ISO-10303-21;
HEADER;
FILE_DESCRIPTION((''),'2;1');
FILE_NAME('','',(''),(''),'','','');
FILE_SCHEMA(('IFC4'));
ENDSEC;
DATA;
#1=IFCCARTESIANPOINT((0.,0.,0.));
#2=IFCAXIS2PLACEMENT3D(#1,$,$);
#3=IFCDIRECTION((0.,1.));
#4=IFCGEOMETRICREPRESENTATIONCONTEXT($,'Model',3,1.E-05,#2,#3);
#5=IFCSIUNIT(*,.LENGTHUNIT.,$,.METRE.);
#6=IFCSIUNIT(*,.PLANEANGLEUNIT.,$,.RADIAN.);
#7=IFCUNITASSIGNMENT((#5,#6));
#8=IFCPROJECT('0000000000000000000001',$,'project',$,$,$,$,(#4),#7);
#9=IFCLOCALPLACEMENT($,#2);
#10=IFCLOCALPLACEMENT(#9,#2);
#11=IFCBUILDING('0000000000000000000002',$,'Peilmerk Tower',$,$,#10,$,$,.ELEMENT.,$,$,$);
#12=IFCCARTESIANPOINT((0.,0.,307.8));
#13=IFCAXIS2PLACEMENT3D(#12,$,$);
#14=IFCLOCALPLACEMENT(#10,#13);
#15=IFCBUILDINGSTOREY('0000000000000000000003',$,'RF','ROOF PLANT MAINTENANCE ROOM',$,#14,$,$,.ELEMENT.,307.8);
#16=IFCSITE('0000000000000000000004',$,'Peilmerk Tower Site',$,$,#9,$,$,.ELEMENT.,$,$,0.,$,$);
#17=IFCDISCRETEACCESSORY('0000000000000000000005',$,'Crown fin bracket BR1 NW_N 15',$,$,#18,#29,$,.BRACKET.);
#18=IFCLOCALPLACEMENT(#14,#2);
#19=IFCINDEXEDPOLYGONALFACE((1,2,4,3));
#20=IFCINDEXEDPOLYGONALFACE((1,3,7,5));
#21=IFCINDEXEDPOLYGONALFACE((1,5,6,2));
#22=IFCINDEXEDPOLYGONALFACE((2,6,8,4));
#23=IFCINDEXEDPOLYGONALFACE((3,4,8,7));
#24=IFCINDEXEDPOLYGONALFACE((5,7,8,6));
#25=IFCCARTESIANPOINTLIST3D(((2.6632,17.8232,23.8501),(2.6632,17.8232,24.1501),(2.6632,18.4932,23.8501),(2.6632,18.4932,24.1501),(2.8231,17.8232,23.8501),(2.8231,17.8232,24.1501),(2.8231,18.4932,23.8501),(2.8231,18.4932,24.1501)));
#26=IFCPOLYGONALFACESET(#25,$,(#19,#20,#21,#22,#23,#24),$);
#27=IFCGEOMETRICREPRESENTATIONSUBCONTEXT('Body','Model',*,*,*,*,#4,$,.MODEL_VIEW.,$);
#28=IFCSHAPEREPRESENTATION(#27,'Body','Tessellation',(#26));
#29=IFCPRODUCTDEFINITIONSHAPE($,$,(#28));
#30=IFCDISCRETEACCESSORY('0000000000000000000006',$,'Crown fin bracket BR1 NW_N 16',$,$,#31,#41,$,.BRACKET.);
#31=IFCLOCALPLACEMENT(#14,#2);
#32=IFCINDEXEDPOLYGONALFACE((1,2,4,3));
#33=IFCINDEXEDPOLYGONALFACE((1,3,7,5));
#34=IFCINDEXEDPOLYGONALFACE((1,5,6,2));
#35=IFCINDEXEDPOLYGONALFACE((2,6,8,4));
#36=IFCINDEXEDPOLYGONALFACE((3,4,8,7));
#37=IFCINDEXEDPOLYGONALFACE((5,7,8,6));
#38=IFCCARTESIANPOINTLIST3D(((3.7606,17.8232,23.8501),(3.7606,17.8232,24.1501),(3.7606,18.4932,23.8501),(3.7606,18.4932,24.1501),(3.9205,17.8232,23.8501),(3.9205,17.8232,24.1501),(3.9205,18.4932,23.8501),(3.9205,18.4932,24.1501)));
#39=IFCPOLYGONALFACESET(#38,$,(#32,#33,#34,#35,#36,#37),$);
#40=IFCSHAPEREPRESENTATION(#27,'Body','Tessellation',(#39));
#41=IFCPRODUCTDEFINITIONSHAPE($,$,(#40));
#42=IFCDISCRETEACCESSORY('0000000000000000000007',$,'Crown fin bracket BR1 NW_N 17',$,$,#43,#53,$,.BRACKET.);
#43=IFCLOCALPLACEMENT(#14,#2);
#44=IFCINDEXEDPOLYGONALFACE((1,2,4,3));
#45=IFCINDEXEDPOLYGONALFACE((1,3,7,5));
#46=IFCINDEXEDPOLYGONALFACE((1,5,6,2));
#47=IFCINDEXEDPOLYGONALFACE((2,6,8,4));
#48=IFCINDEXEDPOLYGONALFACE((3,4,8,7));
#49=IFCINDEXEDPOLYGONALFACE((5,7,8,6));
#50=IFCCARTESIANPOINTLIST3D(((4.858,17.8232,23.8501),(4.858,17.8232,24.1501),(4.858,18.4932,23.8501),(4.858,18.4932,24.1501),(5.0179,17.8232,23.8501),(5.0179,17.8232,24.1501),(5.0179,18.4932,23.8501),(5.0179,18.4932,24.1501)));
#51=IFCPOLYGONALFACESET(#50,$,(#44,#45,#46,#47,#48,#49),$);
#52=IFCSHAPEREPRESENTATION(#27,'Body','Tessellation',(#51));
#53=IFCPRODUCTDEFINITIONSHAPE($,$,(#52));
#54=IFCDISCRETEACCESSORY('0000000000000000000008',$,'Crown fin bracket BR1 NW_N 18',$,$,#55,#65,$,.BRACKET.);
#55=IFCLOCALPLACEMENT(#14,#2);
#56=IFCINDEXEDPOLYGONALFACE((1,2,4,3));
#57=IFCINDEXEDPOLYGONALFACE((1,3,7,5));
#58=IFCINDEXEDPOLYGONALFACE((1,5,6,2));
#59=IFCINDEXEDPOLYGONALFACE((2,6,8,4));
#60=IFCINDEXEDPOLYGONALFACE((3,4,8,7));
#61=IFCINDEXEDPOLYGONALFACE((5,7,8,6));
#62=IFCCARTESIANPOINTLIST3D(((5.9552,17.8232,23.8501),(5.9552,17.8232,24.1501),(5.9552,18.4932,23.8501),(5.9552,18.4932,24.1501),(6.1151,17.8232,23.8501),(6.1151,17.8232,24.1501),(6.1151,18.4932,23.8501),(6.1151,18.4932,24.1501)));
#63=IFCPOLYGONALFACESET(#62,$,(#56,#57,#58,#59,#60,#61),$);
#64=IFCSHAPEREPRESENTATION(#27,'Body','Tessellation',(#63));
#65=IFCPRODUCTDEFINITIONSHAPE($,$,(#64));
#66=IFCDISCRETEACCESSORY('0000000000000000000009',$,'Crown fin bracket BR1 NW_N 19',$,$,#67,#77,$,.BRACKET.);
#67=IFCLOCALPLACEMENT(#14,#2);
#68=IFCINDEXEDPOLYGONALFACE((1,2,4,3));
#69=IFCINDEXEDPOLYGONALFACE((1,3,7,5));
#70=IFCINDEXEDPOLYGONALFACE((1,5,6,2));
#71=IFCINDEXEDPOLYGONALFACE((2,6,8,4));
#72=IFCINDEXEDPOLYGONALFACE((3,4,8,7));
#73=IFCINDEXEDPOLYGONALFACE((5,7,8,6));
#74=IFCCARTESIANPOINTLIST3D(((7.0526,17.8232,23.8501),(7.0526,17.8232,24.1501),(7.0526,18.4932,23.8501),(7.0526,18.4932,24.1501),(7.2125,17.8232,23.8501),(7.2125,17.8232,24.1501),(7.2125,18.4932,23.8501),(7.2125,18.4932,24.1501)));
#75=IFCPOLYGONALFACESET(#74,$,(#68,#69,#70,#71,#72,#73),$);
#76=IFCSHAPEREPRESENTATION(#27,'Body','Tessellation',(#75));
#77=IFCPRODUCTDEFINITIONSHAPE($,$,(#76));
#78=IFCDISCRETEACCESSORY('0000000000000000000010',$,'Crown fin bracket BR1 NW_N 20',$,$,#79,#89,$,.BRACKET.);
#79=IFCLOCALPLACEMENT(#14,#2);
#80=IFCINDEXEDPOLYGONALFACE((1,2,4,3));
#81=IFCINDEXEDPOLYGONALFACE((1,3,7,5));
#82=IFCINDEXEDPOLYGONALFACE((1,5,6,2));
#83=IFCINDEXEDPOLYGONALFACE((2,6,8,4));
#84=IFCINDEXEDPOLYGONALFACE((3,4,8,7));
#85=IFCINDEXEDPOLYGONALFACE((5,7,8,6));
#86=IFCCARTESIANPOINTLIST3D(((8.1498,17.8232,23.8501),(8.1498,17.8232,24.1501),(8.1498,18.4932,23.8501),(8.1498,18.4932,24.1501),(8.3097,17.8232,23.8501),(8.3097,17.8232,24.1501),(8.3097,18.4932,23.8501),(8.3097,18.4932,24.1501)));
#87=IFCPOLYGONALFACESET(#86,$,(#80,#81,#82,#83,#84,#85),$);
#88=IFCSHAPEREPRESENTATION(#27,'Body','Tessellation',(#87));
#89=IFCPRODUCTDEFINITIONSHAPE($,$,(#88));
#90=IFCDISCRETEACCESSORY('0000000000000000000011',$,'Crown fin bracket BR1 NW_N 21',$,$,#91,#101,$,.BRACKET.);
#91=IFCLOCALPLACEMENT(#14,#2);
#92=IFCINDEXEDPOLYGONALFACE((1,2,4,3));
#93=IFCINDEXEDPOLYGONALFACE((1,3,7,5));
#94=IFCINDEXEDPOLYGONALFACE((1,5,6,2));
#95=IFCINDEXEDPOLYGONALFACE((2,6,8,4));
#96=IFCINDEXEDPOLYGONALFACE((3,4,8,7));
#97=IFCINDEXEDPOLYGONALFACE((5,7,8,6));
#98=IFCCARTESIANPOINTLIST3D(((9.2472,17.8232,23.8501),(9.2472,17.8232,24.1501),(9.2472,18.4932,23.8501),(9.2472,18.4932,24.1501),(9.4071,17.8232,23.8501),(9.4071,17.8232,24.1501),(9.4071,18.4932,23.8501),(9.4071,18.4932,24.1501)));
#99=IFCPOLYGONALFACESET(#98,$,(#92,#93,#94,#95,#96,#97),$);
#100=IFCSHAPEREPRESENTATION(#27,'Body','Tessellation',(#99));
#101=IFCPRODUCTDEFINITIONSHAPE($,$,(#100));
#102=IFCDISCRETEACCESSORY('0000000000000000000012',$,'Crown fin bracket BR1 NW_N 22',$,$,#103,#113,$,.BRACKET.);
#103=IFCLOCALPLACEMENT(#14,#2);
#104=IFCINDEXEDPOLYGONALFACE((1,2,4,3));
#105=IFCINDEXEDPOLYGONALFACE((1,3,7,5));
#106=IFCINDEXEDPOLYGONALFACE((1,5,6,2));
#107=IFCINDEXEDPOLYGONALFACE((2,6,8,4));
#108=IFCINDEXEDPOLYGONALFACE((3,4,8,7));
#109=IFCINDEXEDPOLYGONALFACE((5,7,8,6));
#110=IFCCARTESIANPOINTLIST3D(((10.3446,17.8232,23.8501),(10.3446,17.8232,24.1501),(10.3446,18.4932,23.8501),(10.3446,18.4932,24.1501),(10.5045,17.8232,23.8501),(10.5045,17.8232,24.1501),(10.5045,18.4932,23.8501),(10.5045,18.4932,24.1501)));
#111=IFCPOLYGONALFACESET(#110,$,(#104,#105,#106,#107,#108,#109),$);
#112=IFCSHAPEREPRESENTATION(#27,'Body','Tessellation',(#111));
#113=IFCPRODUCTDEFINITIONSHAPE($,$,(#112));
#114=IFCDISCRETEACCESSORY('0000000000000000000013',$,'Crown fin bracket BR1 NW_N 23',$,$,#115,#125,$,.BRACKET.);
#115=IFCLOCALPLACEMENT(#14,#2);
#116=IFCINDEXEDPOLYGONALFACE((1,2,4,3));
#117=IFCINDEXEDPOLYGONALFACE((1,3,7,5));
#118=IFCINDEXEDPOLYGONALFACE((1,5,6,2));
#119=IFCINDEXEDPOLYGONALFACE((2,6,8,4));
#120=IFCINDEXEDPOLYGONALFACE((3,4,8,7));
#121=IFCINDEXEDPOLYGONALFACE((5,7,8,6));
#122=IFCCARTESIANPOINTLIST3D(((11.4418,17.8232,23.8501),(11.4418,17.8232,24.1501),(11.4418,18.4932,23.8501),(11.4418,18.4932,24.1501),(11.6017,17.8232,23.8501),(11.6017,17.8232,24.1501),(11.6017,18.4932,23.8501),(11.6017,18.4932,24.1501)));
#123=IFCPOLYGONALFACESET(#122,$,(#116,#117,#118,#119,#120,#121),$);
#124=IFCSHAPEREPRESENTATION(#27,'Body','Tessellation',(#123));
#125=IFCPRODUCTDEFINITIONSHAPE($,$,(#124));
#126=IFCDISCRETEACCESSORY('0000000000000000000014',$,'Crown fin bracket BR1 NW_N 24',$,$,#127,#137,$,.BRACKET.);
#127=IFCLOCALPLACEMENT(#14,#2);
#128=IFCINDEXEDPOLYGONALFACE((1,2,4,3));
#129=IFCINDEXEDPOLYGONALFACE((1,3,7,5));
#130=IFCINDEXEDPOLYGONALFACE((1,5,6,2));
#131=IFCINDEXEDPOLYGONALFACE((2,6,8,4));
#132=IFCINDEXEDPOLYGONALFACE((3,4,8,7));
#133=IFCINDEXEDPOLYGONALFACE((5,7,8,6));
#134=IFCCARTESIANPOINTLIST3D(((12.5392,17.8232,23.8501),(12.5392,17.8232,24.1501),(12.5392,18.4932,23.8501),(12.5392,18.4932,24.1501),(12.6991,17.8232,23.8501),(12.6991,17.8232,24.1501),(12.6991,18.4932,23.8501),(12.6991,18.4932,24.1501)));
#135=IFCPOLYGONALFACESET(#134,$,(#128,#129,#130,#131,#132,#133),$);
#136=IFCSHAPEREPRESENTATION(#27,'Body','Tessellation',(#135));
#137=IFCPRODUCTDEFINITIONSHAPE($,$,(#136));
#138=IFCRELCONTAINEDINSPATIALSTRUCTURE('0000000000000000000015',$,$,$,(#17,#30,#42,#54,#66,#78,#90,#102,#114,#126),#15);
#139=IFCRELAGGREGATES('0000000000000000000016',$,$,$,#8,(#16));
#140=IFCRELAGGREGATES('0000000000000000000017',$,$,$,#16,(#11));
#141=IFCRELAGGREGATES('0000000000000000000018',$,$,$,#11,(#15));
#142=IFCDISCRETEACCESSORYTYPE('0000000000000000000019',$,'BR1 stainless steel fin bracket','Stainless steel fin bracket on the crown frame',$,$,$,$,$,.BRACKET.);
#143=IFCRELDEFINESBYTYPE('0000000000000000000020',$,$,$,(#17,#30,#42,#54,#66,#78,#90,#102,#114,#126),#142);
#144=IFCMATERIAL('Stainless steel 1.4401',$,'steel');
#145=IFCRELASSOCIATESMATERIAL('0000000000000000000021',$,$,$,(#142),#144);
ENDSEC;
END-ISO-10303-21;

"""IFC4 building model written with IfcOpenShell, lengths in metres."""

from ifc_helpers import new_model, si_unit, direction, frame, origin, origin_2d, place, context, subcontext, project, spatial, rectangle, extrude, source, transform, mapped, material, type_object, element, save


model = new_model("IFC4")

# Units and contexts
model_context = context("Model", 3, precision=1e-05, world=origin(), true_north=direction((0.0, 1.0)))
body_context = subcontext(model_context, "Body", "Model", "MODEL_VIEW")
ifc_project = project(units=[si_unit("LENGTHUNIT", "METRE"), si_unit("PLANEANGLEUNIT", "RADIAN")], contexts=[model_context])

# Site, building, storey
site_placement = place(None, origin())
site = spatial("IfcSite", under=ifc_project, at=site_placement, Name="Peilmerk Tower Site", CompositionType="ELEMENT", RefElevation=0.0)
building_placement = place(site_placement, origin())
building = spatial("IfcBuilding", under=site, at=building_placement, Name="Peilmerk Tower", CompositionType="ELEMENT")
storey_placement = place(building_placement, frame((0.0, 0.0, 307.8)))
storey = spatial("IfcBuildingStorey", under=building, at=storey_placement, Name="RF", Description="ROOF PLANT MAINTENANCE ROOM", CompositionType="ELEMENT", Elevation=307.8)

# Discrete accessories
ifc_material_1 = material(Name="Stainless steel 1.4401", Category="steel")
discrete_accessory_type = type_object("IfcDiscreteAccessoryType", Name="BR1 stainless steel fin bracket", Description="Stainless steel fin bracket on the crown frame", PredefinedType="BRACKET", material=ifc_material_1)
shared_shape_1 = source(origin(), body_context, "Body", "SweptSolid", [
    extrude(rectangle(XDim=0.6699, YDim=0.1599, at=origin_2d()), origin(), (0.0, 0.0, 1.0), 0.3),
])
for number, where, z_axis, x_axis, name in (
    (1, (2.7432, 18.1582, 23.8501), (0.0, 0.0, 1.0), (0.0, 1.0, 0.0), "Crown fin bracket BR1 NW_N 15"),
    (2, (3.8406, 18.1582, 23.8501), (0.0, 0.0, 1.0), (0.0, 1.0, 0.0), "Crown fin bracket BR1 NW_N 16"),
    (3, (4.938, 18.1582, 23.8501), (0.0, 0.0, 1.0), (0.0, 1.0, 0.0), "Crown fin bracket BR1 NW_N 17"),
    (4, (6.0352, 18.1582, 23.8501), (0.0, 0.0, 1.0), (0.0, 1.0, 0.0), "Crown fin bracket BR1 NW_N 18"),
    (5, (7.1326, 18.1582, 23.8501), (0.0, 0.0, 1.0), (0.0, 1.0, 0.0), "Crown fin bracket BR1 NW_N 19"),
    (6, (8.2297, 18.1582, 23.8501), (0.0, 0.0, 1.0), (0.0, 1.0, 0.0), "Crown fin bracket BR1 NW_N 20"),
    (7, (9.3271, 18.1582, 23.8501), (0.0, 0.0, 1.0), (0.0, 1.0, 0.0), "Crown fin bracket BR1 NW_N 21"),
    (8, (10.4246, 18.1582, 23.8501), (0.0, 0.0, 1.0), (0.0, 1.0, 0.0), "Crown fin bracket BR1 NW_N 22"),
    (9, (11.5217, 18.1582, 23.8501), (0.0, 0.0, 1.0), (0.0, 1.0, 0.0), "Crown fin bracket BR1 NW_N 23"),
    (10, (12.6191, 18.1582, 23.8501), (0.0, 0.0, 1.0), (0.0, 1.0, 0.0), "Crown fin bracket BR1 NW_N 24"),
):
    element("IfcDiscreteAccessory", number, at=place(storey_placement, frame(where, z_axis=z_axis, x_axis=x_axis)), inside=storey, type_object=discrete_accessory_type, Name=name, PredefinedType="BRACKET", context=body_context, shape_type="MappedRepresentation", body=[
        mapped(shared_shape_1, transform((0.0, 0.0, 0.0), scale=1.0)),
    ])

save(model, "model.ifc")
